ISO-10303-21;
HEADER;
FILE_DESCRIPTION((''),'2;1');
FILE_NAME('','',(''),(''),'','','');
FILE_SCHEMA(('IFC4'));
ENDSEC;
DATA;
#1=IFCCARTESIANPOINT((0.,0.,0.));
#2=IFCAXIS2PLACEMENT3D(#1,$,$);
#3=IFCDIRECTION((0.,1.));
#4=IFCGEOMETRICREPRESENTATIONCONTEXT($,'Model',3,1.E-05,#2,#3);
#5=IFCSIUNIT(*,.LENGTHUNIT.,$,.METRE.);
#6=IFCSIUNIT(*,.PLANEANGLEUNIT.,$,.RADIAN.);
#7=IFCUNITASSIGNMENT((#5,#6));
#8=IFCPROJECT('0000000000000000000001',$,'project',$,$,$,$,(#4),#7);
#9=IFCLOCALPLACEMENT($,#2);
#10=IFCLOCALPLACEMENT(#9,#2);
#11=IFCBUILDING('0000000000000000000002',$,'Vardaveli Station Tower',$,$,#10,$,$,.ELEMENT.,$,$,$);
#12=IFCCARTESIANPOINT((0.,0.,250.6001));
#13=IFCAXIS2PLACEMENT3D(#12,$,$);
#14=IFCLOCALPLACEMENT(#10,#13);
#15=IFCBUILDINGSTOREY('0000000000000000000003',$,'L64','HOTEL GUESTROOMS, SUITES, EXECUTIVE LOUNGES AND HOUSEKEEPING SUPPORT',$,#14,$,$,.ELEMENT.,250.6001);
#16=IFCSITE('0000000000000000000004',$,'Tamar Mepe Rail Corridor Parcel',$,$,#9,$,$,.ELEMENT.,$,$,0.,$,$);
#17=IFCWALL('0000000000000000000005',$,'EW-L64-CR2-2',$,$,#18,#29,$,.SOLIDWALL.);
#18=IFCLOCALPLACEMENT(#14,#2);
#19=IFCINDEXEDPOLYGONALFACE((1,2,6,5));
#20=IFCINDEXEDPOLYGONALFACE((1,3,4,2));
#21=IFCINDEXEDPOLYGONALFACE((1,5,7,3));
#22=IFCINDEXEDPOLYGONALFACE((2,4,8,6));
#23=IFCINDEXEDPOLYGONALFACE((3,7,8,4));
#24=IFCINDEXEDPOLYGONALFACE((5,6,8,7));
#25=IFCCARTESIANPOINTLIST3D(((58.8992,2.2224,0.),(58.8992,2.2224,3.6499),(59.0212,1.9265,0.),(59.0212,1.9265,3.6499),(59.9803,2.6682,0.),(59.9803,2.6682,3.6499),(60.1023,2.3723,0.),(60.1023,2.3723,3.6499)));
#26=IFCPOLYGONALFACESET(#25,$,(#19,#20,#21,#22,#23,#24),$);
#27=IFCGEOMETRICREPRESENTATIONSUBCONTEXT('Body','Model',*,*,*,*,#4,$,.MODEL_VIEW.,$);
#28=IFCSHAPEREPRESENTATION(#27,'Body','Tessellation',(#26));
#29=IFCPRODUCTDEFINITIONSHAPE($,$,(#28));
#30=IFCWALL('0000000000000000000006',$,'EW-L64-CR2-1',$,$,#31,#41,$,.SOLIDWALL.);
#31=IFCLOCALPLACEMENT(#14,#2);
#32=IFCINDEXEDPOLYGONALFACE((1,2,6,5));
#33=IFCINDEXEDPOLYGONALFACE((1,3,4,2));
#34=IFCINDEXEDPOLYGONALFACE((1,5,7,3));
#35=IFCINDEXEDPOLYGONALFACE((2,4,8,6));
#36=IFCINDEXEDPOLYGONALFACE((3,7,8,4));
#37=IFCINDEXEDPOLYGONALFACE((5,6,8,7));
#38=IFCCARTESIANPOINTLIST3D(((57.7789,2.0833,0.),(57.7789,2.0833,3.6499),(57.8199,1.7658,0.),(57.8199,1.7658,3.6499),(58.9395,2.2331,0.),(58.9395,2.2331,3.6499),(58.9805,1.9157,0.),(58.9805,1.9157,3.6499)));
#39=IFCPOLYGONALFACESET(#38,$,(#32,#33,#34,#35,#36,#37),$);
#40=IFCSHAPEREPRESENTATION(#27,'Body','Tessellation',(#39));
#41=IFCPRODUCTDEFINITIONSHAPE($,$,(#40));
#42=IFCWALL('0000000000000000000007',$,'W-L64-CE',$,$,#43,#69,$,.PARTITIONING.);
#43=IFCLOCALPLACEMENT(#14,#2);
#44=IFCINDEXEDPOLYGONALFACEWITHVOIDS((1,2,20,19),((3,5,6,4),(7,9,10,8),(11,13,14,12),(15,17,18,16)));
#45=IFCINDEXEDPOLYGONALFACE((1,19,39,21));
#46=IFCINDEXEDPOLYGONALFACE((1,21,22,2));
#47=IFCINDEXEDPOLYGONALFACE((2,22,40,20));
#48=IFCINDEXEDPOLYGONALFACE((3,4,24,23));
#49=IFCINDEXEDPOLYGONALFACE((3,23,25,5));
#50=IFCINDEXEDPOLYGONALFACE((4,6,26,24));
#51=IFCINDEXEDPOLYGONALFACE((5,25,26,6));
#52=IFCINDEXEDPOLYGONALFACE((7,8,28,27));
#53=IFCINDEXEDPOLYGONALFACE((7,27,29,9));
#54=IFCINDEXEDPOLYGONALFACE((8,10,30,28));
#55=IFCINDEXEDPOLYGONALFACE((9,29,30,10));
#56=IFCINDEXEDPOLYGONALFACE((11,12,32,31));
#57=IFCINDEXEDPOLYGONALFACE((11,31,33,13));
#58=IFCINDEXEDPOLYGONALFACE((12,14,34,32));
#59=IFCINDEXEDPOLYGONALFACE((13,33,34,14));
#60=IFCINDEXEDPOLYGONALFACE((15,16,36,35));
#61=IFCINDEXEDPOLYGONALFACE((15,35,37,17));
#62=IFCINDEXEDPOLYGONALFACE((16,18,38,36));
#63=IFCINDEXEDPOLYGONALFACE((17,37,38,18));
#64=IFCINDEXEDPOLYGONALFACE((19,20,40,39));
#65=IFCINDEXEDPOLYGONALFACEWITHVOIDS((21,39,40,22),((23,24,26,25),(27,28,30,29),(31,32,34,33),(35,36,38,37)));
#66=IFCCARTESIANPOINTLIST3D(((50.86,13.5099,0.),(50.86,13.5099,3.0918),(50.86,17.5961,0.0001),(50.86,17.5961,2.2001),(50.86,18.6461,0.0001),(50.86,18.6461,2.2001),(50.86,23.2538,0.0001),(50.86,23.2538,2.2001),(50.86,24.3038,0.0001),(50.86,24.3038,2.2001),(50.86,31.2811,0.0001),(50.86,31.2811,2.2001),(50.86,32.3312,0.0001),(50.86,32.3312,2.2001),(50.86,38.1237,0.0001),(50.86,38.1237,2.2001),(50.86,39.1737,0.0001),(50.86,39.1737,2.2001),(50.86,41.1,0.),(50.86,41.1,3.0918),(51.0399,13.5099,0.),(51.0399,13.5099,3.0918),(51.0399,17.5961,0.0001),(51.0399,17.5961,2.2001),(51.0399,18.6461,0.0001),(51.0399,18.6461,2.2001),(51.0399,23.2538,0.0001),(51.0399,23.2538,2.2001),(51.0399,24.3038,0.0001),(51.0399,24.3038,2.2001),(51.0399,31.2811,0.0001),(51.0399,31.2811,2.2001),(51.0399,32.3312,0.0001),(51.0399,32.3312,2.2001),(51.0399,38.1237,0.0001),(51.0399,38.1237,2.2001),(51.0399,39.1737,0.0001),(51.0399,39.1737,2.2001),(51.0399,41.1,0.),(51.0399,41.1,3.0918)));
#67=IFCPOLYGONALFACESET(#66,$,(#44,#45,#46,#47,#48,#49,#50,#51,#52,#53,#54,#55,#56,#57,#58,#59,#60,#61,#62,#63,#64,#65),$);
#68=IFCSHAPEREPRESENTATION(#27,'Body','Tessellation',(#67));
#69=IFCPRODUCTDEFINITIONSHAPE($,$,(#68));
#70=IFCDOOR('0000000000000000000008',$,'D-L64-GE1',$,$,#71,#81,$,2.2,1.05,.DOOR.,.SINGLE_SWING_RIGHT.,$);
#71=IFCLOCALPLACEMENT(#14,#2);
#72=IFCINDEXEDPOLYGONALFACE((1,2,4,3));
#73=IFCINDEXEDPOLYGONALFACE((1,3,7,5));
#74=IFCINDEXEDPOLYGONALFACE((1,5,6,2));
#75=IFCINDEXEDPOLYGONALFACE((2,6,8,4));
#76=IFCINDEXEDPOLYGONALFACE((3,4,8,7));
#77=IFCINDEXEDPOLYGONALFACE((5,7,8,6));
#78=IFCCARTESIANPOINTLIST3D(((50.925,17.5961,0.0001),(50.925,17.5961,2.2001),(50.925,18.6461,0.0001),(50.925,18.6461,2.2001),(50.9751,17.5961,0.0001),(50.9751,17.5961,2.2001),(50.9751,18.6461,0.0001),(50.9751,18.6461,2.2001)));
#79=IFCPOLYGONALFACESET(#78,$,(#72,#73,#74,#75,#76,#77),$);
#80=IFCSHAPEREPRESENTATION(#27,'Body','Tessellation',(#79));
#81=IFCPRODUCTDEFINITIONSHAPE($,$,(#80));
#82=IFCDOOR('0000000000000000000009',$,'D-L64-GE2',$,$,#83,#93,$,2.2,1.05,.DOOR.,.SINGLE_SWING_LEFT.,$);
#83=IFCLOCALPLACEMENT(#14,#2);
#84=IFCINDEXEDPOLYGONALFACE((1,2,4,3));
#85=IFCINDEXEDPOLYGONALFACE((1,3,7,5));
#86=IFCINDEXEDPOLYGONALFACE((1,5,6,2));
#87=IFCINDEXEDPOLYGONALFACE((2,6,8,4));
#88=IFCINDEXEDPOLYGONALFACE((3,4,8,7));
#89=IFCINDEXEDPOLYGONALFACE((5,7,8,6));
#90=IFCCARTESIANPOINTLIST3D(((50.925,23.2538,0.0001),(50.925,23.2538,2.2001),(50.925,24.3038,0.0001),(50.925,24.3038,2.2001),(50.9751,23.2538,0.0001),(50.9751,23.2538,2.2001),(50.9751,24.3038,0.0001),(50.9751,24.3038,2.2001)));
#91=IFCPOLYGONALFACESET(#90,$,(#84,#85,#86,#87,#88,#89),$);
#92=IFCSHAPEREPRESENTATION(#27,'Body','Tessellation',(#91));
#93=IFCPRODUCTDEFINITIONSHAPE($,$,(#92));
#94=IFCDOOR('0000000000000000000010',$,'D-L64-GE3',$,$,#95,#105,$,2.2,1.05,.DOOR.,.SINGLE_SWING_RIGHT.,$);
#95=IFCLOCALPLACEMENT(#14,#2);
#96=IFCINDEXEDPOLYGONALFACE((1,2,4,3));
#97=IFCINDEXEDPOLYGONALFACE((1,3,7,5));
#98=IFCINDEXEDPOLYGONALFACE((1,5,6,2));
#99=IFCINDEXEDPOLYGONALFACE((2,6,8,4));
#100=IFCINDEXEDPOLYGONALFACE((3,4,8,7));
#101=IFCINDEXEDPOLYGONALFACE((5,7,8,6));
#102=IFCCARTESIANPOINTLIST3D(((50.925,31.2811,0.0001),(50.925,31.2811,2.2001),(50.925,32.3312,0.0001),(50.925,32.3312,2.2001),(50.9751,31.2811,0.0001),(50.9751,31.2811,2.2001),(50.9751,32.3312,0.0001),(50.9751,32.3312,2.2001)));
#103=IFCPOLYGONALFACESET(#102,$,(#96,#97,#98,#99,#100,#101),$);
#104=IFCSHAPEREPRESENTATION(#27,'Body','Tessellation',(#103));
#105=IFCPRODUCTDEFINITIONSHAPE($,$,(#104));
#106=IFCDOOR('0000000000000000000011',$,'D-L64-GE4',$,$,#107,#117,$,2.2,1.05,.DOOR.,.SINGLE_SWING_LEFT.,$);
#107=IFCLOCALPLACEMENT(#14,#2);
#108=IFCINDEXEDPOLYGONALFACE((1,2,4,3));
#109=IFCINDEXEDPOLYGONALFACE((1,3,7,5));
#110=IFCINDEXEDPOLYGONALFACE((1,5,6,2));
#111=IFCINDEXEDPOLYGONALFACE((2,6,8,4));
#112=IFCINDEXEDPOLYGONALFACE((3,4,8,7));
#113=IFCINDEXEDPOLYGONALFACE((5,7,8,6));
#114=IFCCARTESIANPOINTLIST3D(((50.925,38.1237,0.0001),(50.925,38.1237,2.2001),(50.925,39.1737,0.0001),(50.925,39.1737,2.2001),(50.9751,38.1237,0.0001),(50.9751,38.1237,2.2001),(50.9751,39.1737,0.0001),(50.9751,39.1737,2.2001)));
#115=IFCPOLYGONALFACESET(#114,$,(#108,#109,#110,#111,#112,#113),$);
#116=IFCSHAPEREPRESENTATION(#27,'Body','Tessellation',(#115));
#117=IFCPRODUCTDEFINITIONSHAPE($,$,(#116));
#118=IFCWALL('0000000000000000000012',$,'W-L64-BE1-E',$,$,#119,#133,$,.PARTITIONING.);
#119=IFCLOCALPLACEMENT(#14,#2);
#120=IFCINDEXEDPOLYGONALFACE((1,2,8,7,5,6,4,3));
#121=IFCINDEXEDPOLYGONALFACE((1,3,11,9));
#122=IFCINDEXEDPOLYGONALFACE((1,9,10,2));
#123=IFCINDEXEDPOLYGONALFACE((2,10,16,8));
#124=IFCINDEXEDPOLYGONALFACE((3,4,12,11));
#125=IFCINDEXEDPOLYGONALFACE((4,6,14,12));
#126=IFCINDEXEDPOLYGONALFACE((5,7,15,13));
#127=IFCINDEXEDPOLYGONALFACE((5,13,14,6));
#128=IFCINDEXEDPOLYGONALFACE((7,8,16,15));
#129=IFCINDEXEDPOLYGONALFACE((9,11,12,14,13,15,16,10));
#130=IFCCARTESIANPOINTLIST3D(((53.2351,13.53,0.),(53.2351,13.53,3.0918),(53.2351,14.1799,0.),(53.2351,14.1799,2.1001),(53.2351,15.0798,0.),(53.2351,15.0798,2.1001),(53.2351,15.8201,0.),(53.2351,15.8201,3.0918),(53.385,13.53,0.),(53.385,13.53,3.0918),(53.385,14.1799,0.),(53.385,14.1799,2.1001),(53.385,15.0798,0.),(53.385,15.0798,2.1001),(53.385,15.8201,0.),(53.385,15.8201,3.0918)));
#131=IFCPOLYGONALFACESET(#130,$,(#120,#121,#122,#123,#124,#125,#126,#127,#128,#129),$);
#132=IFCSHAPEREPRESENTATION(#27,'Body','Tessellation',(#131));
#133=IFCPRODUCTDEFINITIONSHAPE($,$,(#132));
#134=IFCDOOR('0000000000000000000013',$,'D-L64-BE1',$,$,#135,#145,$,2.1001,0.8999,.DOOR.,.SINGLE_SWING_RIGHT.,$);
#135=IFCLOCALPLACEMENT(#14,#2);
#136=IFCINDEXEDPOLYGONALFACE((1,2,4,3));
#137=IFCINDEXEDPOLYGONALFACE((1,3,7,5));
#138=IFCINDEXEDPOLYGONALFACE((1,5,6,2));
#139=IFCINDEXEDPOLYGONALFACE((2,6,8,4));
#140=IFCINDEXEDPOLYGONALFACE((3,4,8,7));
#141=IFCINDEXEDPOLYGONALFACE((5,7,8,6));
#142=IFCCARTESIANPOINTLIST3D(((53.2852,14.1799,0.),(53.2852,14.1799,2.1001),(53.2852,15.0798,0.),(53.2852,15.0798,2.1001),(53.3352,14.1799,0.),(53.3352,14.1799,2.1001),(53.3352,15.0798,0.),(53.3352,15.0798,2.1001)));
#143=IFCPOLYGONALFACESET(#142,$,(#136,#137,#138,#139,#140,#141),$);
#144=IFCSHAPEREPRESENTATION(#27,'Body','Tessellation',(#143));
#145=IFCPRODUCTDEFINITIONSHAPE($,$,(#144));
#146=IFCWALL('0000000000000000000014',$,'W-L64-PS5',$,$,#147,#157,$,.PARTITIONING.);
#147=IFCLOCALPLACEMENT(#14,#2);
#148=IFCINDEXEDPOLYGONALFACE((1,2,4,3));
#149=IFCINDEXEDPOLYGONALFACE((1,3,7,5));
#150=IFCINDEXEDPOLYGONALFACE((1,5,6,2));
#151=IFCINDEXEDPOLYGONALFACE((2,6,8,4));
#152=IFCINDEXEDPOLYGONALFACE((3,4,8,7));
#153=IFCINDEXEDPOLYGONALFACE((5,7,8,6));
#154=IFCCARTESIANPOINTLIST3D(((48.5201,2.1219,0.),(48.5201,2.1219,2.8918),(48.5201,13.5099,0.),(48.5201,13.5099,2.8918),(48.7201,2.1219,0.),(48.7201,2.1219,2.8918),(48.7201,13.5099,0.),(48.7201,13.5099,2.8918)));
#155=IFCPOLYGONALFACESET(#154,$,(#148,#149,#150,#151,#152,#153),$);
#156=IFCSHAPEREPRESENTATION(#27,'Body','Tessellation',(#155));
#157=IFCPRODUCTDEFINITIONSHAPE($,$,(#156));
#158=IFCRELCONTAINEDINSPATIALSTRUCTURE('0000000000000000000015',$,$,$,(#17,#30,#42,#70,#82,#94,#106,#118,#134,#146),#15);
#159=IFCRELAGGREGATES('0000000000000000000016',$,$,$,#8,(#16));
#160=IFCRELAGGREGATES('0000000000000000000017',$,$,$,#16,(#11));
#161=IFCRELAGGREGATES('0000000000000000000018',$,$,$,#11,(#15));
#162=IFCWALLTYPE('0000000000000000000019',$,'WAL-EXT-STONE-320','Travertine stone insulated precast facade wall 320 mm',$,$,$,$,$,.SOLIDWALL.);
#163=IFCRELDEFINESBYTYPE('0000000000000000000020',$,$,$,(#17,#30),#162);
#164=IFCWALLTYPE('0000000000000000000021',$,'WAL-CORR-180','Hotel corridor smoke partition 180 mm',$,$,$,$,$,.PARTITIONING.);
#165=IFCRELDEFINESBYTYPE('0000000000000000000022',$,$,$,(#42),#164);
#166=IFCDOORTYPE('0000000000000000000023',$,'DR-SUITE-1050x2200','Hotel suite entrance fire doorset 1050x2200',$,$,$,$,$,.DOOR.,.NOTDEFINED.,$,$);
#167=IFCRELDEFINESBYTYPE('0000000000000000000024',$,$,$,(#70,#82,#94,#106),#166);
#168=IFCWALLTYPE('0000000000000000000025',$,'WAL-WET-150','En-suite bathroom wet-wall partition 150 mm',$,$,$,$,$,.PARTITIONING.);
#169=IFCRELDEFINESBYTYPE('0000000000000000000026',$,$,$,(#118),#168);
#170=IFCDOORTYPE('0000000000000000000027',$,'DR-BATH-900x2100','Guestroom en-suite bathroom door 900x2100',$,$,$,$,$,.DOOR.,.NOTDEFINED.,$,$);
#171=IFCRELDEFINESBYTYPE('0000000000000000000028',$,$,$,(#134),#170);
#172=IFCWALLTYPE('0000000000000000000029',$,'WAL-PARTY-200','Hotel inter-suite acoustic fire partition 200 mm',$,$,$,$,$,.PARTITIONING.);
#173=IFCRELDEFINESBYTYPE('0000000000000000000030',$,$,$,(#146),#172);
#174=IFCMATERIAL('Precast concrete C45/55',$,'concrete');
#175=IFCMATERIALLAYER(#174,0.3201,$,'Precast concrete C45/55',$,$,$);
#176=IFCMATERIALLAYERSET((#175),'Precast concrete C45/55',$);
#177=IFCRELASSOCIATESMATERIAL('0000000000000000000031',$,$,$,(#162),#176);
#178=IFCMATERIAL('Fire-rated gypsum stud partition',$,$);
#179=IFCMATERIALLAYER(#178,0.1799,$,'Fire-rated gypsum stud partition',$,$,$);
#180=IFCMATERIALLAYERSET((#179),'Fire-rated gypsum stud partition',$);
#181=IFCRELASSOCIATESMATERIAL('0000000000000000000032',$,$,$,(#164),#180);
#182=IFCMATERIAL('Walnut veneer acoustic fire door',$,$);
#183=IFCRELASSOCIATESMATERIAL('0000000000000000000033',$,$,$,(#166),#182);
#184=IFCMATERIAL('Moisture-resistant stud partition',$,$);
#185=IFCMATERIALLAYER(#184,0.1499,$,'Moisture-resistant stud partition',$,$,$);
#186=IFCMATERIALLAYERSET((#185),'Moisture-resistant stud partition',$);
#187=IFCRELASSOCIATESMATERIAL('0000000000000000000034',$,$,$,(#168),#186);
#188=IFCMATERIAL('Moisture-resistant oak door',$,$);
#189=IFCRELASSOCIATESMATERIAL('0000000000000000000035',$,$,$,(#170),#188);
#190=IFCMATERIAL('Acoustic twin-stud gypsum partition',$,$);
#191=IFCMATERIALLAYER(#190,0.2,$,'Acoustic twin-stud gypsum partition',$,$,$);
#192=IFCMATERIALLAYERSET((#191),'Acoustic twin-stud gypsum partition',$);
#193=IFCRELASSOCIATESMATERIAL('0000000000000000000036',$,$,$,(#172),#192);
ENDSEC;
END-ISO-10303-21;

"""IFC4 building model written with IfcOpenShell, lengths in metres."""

from ifc_helpers import new_model, si_unit, direction, frame, frame_2d, origin, place, context, subcontext, project, spatial, rectangle, extrude, source, transform, mapped, material, layer, layer_set, type_object, element, fill, save


model = new_model("IFC4")

# Units and contexts
model_context = context("Model", 3, precision=1e-05, world=origin(), true_north=direction((0.0, 1.0)))
body_context = subcontext(model_context, "Body", "Model", "MODEL_VIEW")
ifc_project = project(units=[si_unit("LENGTHUNIT", "METRE"), si_unit("PLANEANGLEUNIT", "RADIAN")], contexts=[model_context])

# Site, building, storey
site_placement = place(None, origin())
site = spatial("IfcSite", under=ifc_project, at=site_placement, Name="Tamar Mepe Rail Corridor Parcel", CompositionType="ELEMENT", RefElevation=0.0)
building_placement = place(site_placement, origin())
building = spatial("IfcBuilding", under=site, at=building_placement, Name="Vardaveli Station Tower", CompositionType="ELEMENT")
storey_placement = place(building_placement, frame((0.0, 0.0, 250.6001)))
storey = spatial("IfcBuildingStorey", under=building, at=storey_placement, Name="L64", Description="HOTEL GUESTROOMS, SUITES, EXECUTIVE LOUNGES AND HOUSEKEEPING SUPPORT", CompositionType="ELEMENT", Elevation=250.6001)

# Shared definitions
ifc_material_1 = material(Name="Precast concrete C45/55", Category="concrete")

# Shared definitions
ifc_layer_1 = layer(ifc_material_1, 0.3201, Name="Precast concrete C45/55")
ifc_layer_set_1 = layer_set([ifc_layer_1], Name="Precast concrete C45/55")
wall_type_1 = type_object("IfcWallType", Name="WAL-EXT-STONE-320", Description="Travertine stone insulated precast facade wall 320 mm", PredefinedType="SOLIDWALL", material=ifc_layer_set_1)

# Walls
shared_shape_1 = source(origin(), body_context, "Body", "SweptSolid", [
    extrude(rectangle(XDim=1.1694, YDim=0.3201, at=frame_2d((0.5847, 0.0))), origin(), (0.0, 0.0, 1.0), 3.6499),
])
wall_1_placement = place(storey_placement, frame((58.9602, 2.0745, 0.0), z_axis=(0.0, 0.0, 1.0), x_axis=(0.924479, 0.381233, 0.0)))
element("IfcWall", 1, at=wall_1_placement, inside=storey, type_object=wall_type_1, Name="EW-L64-CR2-2", PredefinedType="SOLIDWALL", context=body_context, shape_type="MappedRepresentation", body=[
    mapped(shared_shape_1, transform((0.0, 0.0, 0.0), scale=1.0)),
])
shared_shape_2 = source(origin(), body_context, "Body", "SweptSolid", [
    extrude(rectangle(XDim=1.1702, YDim=0.3201, at=frame_2d((0.585, 0.0))), origin(), (0.0, 0.0, 1.0), 3.6499),
])
wall_2_placement = place(storey_placement, frame((57.7996, 1.9246, 0.0), z_axis=(0.0, 0.0, 1.0), x_axis=(0.991762, 0.12809, 0.0)))
element("IfcWall", 2, at=wall_2_placement, inside=storey, type_object=wall_type_1, Name="EW-L64-CR2-1", PredefinedType="SOLIDWALL", context=body_context, shape_type="MappedRepresentation", body=[
    mapped(shared_shape_2, transform((0.0, 0.0, 0.0), scale=1.0)),
])

# Wall, openings, doors
ifc_material_2 = material(Name="Fire-rated gypsum stud partition")
ifc_layer_2 = layer(ifc_material_2, 0.1799, Name="Fire-rated gypsum stud partition")
ifc_layer_set_2 = layer_set([ifc_layer_2], Name="Fire-rated gypsum stud partition")
wall_type_2 = type_object("IfcWallType", Name="WAL-CORR-180", Description="Hotel corridor smoke partition 180 mm", PredefinedType="PARTITIONING", material=ifc_layer_set_2)
shared_shape_3 = source(origin(), body_context, "Body", "SweptSolid", [
    extrude(rectangle(XDim=27.5901, YDim=0.1799, at=frame_2d((13.7949, 0.0))), origin(), (0.0, 0.0, 1.0), 3.0918),
])
wall_3_placement = place(storey_placement, frame((50.95, 13.51, 0.0), z_axis=(0.0, 0.0, 1.0), x_axis=(0.0, 1.0, 0.0)))
wall_3 = element("IfcWall", 3, at=wall_3_placement, inside=storey, type_object=wall_type_2, Name="W-L64-CE", PredefinedType="PARTITIONING", context=body_context, shape_type="MappedRepresentation", body=[
    mapped(shared_shape_3, transform((0.0, 0.0, 0.0), scale=1.0)),
])
shared_shape_4 = source(origin(), body_context, "Body", "SweptSolid", [
    extrude(rectangle(XDim=1.05, YDim=2.2, at=frame_2d((0.5249, 1.1001))), frame((0.0, 0.1001, 0.0), z_axis=(0.0, -1.0, 0.0), x_axis=(1.0, 0.0, 0.0)), (0.0, 0.0, 1.0), 0.2),
])
opening_1_placement = place(wall_3_placement, frame((4.0862, 0.0, 0.0)))
opening_1 = element("IfcOpeningElement", 4, at=opening_1_placement, cuts=wall_3, PredefinedType="OPENING", context=body_context, shape_type="MappedRepresentation", body=[
    mapped(shared_shape_4, transform((0.0, 0.0, 0.0), scale=1.0)),
])
opening_2_placement = place(wall_3_placement, frame((9.7439, 0.0, 0.0)))
opening_2 = element("IfcOpeningElement", 5, at=opening_2_placement, cuts=wall_3, PredefinedType="OPENING", context=body_context, shape_type="MappedRepresentation", body=[
    mapped(shared_shape_4, transform((0.0, 0.0, 0.0), scale=1.0)),
])
opening_3_placement = place(wall_3_placement, frame((17.7712, 0.0, 0.0)))
opening_3 = element("IfcOpeningElement", 6, at=opening_3_placement, cuts=wall_3, PredefinedType="OPENING", context=body_context, shape_type="MappedRepresentation", body=[
    mapped(shared_shape_4, transform((0.0, 0.0, 0.0), scale=1.0)),
])
opening_4_placement = place(wall_3_placement, frame((24.6138, 0.0, 0.0)))
opening_4 = element("IfcOpeningElement", 7, at=opening_4_placement, cuts=wall_3, PredefinedType="OPENING", context=body_context, shape_type="MappedRepresentation", body=[
    mapped(shared_shape_4, transform((0.0, 0.0, 0.0), scale=1.0)),
])
ifc_material_3 = material(Name="Walnut veneer acoustic fire door")
door_type_1 = type_object("IfcDoorType", Name="DR-SUITE-1050x2200", Description="Hotel suite entrance fire doorset 1050x2200", OperationType="NOTDEFINED", PredefinedType="DOOR", material=ifc_material_3)
shared_shape_5 = source(origin(), body_context, "Body", "SweptSolid", [
    extrude(rectangle(XDim=1.05, YDim=2.2, at=frame_2d((0.5249, 1.1001))), frame((0.0, 0.0249, 0.0), z_axis=(0.0, -1.0, 0.0), x_axis=(1.0, 0.0, 0.0)), (0.0, 0.0, 1.0), 0.05),
])
door_1_placement = place(opening_1_placement, origin())
door_1 = element("IfcDoor", 8, at=door_1_placement, inside=storey, type_object=door_type_1, Name="D-L64-GE1", OperationType="SINGLE_SWING_RIGHT", OverallHeight=2.2, OverallWidth=1.05, PredefinedType="DOOR", context=body_context, shape_type="MappedRepresentation", body=[
    mapped(shared_shape_5, transform((0.0, 0.0, 0.0), scale=1.0)),
])
fill(opening_1, door_1)
door_2_placement = place(opening_2_placement, origin())
door_2 = element("IfcDoor", 9, at=door_2_placement, inside=storey, type_object=door_type_1, Name="D-L64-GE2", OperationType="SINGLE_SWING_LEFT", OverallHeight=2.2, OverallWidth=1.05, PredefinedType="DOOR", context=body_context, shape_type="MappedRepresentation", body=[
    mapped(shared_shape_5, transform((0.0, 0.0, 0.0), scale=1.0)),
])
fill(opening_2, door_2)
door_3_placement = place(opening_3_placement, origin())
door_3 = element("IfcDoor", 10, at=door_3_placement, inside=storey, type_object=door_type_1, Name="D-L64-GE3", OperationType="SINGLE_SWING_RIGHT", OverallHeight=2.2, OverallWidth=1.05, PredefinedType="DOOR", context=body_context, shape_type="MappedRepresentation", body=[
    mapped(shared_shape_5, transform((0.0, 0.0, 0.0), scale=1.0)),
])
fill(opening_3, door_3)
door_4_placement = place(opening_4_placement, origin())
door_4 = element("IfcDoor", 11, at=door_4_placement, inside=storey, type_object=door_type_1, Name="D-L64-GE4", OperationType="SINGLE_SWING_LEFT", OverallHeight=2.2, OverallWidth=1.05, PredefinedType="DOOR", context=body_context, shape_type="MappedRepresentation", body=[
    mapped(shared_shape_5, transform((0.0, 0.0, 0.0), scale=1.0)),
])
fill(opening_4, door_4)

# Wall, opening, door
ifc_material_4 = material(Name="Moisture-resistant stud partition")
ifc_layer_3 = layer(ifc_material_4, 0.1499, Name="Moisture-resistant stud partition")
ifc_layer_set_3 = layer_set([ifc_layer_3], Name="Moisture-resistant stud partition")
wall_type_3 = type_object("IfcWallType", Name="WAL-WET-150", Description="En-suite bathroom wet-wall partition 150 mm", PredefinedType="PARTITIONING", material=ifc_layer_set_3)
shared_shape_6 = source(origin(), body_context, "Body", "SweptSolid", [
    extrude(rectangle(XDim=2.29, YDim=0.1499, at=frame_2d((1.145, 0.0))), origin(), (0.0, 0.0, 1.0), 3.0918),
])
wall_4_placement = place(storey_placement, frame((53.3101, 13.53, 0.0), z_axis=(0.0, 0.0, 1.0), x_axis=(0.0, 1.0, 0.0)))
wall_4 = element("IfcWall", 12, at=wall_4_placement, inside=storey, type_object=wall_type_3, Name="W-L64-BE1-E", PredefinedType="PARTITIONING", context=body_context, shape_type="MappedRepresentation", body=[
    mapped(shared_shape_6, transform((0.0, 0.0, 0.0), scale=1.0)),
])
shared_shape_7 = source(origin(), body_context, "Body", "SweptSolid", [
    extrude(rectangle(XDim=0.8999, YDim=2.1001, at=frame_2d((0.45, 1.05))), frame((0.0, 0.085, 0.0), z_axis=(0.0, -1.0, 0.0), x_axis=(1.0, 0.0, 0.0)), (0.0, 0.0, 1.0), 0.1699),
])
opening_5_placement = place(wall_4_placement, frame((0.6499, 0.0, 0.0)))
opening_5 = element("IfcOpeningElement", 13, at=opening_5_placement, cuts=wall_4, PredefinedType="OPENING", context=body_context, shape_type="MappedRepresentation", body=[
    mapped(shared_shape_7, transform((0.0, 0.0, 0.0), scale=1.0)),
])
ifc_material_5 = material(Name="Moisture-resistant oak door")
door_type_2 = type_object("IfcDoorType", Name="DR-BATH-900x2100", Description="Guestroom en-suite bathroom door 900x2100", OperationType="NOTDEFINED", PredefinedType="DOOR", material=ifc_material_5)
shared_shape_8 = source(origin(), body_context, "Body", "SweptSolid", [
    extrude(rectangle(XDim=0.8999, YDim=2.1001, at=frame_2d((0.45, 1.05))), frame((0.0, 0.0249, 0.0), z_axis=(0.0, -1.0, 0.0), x_axis=(1.0, 0.0, 0.0)), (0.0, 0.0, 1.0), 0.05),
])
door_5_placement = place(opening_5_placement, origin())
door_5 = element("IfcDoor", 14, at=door_5_placement, inside=storey, type_object=door_type_2, Name="D-L64-BE1", OperationType="SINGLE_SWING_RIGHT", OverallHeight=2.1001, OverallWidth=0.8999, PredefinedType="DOOR", context=body_context, shape_type="MappedRepresentation", body=[
    mapped(shared_shape_8, transform((0.0, 0.0, 0.0), scale=1.0)),
])
fill(opening_5, door_5)

# Wall
ifc_material_6 = material(Name="Acoustic twin-stud gypsum partition")
ifc_layer_4 = layer(ifc_material_6, 0.2, Name="Acoustic twin-stud gypsum partition")
ifc_layer_set_4 = layer_set([ifc_layer_4], Name="Acoustic twin-stud gypsum partition")
wall_type_4 = type_object("IfcWallType", Name="WAL-PARTY-200", Description="Hotel inter-suite acoustic fire partition 200 mm", PredefinedType="PARTITIONING", material=ifc_layer_set_4)
shared_shape_9 = source(origin(), body_context, "Body", "SweptSolid", [
    extrude(rectangle(XDim=11.3879, YDim=0.2, at=frame_2d((5.6938, 0.0))), origin(), (0.0, 0.0, 1.0), 2.8918),
])
wall_5_placement = place(storey_placement, frame((48.6201, 2.1221, 0.0), z_axis=(0.0, 0.0, 1.0), x_axis=(0.0, 1.0, 0.0)))
element("IfcWall", 15, at=wall_5_placement, inside=storey, type_object=wall_type_4, Name="W-L64-PS5", PredefinedType="PARTITIONING", context=body_context, shape_type="MappedRepresentation", body=[
    mapped(shared_shape_9, transform((0.0, 0.0, 0.0), scale=1.0)),
])

save(model, "model.ifc")
